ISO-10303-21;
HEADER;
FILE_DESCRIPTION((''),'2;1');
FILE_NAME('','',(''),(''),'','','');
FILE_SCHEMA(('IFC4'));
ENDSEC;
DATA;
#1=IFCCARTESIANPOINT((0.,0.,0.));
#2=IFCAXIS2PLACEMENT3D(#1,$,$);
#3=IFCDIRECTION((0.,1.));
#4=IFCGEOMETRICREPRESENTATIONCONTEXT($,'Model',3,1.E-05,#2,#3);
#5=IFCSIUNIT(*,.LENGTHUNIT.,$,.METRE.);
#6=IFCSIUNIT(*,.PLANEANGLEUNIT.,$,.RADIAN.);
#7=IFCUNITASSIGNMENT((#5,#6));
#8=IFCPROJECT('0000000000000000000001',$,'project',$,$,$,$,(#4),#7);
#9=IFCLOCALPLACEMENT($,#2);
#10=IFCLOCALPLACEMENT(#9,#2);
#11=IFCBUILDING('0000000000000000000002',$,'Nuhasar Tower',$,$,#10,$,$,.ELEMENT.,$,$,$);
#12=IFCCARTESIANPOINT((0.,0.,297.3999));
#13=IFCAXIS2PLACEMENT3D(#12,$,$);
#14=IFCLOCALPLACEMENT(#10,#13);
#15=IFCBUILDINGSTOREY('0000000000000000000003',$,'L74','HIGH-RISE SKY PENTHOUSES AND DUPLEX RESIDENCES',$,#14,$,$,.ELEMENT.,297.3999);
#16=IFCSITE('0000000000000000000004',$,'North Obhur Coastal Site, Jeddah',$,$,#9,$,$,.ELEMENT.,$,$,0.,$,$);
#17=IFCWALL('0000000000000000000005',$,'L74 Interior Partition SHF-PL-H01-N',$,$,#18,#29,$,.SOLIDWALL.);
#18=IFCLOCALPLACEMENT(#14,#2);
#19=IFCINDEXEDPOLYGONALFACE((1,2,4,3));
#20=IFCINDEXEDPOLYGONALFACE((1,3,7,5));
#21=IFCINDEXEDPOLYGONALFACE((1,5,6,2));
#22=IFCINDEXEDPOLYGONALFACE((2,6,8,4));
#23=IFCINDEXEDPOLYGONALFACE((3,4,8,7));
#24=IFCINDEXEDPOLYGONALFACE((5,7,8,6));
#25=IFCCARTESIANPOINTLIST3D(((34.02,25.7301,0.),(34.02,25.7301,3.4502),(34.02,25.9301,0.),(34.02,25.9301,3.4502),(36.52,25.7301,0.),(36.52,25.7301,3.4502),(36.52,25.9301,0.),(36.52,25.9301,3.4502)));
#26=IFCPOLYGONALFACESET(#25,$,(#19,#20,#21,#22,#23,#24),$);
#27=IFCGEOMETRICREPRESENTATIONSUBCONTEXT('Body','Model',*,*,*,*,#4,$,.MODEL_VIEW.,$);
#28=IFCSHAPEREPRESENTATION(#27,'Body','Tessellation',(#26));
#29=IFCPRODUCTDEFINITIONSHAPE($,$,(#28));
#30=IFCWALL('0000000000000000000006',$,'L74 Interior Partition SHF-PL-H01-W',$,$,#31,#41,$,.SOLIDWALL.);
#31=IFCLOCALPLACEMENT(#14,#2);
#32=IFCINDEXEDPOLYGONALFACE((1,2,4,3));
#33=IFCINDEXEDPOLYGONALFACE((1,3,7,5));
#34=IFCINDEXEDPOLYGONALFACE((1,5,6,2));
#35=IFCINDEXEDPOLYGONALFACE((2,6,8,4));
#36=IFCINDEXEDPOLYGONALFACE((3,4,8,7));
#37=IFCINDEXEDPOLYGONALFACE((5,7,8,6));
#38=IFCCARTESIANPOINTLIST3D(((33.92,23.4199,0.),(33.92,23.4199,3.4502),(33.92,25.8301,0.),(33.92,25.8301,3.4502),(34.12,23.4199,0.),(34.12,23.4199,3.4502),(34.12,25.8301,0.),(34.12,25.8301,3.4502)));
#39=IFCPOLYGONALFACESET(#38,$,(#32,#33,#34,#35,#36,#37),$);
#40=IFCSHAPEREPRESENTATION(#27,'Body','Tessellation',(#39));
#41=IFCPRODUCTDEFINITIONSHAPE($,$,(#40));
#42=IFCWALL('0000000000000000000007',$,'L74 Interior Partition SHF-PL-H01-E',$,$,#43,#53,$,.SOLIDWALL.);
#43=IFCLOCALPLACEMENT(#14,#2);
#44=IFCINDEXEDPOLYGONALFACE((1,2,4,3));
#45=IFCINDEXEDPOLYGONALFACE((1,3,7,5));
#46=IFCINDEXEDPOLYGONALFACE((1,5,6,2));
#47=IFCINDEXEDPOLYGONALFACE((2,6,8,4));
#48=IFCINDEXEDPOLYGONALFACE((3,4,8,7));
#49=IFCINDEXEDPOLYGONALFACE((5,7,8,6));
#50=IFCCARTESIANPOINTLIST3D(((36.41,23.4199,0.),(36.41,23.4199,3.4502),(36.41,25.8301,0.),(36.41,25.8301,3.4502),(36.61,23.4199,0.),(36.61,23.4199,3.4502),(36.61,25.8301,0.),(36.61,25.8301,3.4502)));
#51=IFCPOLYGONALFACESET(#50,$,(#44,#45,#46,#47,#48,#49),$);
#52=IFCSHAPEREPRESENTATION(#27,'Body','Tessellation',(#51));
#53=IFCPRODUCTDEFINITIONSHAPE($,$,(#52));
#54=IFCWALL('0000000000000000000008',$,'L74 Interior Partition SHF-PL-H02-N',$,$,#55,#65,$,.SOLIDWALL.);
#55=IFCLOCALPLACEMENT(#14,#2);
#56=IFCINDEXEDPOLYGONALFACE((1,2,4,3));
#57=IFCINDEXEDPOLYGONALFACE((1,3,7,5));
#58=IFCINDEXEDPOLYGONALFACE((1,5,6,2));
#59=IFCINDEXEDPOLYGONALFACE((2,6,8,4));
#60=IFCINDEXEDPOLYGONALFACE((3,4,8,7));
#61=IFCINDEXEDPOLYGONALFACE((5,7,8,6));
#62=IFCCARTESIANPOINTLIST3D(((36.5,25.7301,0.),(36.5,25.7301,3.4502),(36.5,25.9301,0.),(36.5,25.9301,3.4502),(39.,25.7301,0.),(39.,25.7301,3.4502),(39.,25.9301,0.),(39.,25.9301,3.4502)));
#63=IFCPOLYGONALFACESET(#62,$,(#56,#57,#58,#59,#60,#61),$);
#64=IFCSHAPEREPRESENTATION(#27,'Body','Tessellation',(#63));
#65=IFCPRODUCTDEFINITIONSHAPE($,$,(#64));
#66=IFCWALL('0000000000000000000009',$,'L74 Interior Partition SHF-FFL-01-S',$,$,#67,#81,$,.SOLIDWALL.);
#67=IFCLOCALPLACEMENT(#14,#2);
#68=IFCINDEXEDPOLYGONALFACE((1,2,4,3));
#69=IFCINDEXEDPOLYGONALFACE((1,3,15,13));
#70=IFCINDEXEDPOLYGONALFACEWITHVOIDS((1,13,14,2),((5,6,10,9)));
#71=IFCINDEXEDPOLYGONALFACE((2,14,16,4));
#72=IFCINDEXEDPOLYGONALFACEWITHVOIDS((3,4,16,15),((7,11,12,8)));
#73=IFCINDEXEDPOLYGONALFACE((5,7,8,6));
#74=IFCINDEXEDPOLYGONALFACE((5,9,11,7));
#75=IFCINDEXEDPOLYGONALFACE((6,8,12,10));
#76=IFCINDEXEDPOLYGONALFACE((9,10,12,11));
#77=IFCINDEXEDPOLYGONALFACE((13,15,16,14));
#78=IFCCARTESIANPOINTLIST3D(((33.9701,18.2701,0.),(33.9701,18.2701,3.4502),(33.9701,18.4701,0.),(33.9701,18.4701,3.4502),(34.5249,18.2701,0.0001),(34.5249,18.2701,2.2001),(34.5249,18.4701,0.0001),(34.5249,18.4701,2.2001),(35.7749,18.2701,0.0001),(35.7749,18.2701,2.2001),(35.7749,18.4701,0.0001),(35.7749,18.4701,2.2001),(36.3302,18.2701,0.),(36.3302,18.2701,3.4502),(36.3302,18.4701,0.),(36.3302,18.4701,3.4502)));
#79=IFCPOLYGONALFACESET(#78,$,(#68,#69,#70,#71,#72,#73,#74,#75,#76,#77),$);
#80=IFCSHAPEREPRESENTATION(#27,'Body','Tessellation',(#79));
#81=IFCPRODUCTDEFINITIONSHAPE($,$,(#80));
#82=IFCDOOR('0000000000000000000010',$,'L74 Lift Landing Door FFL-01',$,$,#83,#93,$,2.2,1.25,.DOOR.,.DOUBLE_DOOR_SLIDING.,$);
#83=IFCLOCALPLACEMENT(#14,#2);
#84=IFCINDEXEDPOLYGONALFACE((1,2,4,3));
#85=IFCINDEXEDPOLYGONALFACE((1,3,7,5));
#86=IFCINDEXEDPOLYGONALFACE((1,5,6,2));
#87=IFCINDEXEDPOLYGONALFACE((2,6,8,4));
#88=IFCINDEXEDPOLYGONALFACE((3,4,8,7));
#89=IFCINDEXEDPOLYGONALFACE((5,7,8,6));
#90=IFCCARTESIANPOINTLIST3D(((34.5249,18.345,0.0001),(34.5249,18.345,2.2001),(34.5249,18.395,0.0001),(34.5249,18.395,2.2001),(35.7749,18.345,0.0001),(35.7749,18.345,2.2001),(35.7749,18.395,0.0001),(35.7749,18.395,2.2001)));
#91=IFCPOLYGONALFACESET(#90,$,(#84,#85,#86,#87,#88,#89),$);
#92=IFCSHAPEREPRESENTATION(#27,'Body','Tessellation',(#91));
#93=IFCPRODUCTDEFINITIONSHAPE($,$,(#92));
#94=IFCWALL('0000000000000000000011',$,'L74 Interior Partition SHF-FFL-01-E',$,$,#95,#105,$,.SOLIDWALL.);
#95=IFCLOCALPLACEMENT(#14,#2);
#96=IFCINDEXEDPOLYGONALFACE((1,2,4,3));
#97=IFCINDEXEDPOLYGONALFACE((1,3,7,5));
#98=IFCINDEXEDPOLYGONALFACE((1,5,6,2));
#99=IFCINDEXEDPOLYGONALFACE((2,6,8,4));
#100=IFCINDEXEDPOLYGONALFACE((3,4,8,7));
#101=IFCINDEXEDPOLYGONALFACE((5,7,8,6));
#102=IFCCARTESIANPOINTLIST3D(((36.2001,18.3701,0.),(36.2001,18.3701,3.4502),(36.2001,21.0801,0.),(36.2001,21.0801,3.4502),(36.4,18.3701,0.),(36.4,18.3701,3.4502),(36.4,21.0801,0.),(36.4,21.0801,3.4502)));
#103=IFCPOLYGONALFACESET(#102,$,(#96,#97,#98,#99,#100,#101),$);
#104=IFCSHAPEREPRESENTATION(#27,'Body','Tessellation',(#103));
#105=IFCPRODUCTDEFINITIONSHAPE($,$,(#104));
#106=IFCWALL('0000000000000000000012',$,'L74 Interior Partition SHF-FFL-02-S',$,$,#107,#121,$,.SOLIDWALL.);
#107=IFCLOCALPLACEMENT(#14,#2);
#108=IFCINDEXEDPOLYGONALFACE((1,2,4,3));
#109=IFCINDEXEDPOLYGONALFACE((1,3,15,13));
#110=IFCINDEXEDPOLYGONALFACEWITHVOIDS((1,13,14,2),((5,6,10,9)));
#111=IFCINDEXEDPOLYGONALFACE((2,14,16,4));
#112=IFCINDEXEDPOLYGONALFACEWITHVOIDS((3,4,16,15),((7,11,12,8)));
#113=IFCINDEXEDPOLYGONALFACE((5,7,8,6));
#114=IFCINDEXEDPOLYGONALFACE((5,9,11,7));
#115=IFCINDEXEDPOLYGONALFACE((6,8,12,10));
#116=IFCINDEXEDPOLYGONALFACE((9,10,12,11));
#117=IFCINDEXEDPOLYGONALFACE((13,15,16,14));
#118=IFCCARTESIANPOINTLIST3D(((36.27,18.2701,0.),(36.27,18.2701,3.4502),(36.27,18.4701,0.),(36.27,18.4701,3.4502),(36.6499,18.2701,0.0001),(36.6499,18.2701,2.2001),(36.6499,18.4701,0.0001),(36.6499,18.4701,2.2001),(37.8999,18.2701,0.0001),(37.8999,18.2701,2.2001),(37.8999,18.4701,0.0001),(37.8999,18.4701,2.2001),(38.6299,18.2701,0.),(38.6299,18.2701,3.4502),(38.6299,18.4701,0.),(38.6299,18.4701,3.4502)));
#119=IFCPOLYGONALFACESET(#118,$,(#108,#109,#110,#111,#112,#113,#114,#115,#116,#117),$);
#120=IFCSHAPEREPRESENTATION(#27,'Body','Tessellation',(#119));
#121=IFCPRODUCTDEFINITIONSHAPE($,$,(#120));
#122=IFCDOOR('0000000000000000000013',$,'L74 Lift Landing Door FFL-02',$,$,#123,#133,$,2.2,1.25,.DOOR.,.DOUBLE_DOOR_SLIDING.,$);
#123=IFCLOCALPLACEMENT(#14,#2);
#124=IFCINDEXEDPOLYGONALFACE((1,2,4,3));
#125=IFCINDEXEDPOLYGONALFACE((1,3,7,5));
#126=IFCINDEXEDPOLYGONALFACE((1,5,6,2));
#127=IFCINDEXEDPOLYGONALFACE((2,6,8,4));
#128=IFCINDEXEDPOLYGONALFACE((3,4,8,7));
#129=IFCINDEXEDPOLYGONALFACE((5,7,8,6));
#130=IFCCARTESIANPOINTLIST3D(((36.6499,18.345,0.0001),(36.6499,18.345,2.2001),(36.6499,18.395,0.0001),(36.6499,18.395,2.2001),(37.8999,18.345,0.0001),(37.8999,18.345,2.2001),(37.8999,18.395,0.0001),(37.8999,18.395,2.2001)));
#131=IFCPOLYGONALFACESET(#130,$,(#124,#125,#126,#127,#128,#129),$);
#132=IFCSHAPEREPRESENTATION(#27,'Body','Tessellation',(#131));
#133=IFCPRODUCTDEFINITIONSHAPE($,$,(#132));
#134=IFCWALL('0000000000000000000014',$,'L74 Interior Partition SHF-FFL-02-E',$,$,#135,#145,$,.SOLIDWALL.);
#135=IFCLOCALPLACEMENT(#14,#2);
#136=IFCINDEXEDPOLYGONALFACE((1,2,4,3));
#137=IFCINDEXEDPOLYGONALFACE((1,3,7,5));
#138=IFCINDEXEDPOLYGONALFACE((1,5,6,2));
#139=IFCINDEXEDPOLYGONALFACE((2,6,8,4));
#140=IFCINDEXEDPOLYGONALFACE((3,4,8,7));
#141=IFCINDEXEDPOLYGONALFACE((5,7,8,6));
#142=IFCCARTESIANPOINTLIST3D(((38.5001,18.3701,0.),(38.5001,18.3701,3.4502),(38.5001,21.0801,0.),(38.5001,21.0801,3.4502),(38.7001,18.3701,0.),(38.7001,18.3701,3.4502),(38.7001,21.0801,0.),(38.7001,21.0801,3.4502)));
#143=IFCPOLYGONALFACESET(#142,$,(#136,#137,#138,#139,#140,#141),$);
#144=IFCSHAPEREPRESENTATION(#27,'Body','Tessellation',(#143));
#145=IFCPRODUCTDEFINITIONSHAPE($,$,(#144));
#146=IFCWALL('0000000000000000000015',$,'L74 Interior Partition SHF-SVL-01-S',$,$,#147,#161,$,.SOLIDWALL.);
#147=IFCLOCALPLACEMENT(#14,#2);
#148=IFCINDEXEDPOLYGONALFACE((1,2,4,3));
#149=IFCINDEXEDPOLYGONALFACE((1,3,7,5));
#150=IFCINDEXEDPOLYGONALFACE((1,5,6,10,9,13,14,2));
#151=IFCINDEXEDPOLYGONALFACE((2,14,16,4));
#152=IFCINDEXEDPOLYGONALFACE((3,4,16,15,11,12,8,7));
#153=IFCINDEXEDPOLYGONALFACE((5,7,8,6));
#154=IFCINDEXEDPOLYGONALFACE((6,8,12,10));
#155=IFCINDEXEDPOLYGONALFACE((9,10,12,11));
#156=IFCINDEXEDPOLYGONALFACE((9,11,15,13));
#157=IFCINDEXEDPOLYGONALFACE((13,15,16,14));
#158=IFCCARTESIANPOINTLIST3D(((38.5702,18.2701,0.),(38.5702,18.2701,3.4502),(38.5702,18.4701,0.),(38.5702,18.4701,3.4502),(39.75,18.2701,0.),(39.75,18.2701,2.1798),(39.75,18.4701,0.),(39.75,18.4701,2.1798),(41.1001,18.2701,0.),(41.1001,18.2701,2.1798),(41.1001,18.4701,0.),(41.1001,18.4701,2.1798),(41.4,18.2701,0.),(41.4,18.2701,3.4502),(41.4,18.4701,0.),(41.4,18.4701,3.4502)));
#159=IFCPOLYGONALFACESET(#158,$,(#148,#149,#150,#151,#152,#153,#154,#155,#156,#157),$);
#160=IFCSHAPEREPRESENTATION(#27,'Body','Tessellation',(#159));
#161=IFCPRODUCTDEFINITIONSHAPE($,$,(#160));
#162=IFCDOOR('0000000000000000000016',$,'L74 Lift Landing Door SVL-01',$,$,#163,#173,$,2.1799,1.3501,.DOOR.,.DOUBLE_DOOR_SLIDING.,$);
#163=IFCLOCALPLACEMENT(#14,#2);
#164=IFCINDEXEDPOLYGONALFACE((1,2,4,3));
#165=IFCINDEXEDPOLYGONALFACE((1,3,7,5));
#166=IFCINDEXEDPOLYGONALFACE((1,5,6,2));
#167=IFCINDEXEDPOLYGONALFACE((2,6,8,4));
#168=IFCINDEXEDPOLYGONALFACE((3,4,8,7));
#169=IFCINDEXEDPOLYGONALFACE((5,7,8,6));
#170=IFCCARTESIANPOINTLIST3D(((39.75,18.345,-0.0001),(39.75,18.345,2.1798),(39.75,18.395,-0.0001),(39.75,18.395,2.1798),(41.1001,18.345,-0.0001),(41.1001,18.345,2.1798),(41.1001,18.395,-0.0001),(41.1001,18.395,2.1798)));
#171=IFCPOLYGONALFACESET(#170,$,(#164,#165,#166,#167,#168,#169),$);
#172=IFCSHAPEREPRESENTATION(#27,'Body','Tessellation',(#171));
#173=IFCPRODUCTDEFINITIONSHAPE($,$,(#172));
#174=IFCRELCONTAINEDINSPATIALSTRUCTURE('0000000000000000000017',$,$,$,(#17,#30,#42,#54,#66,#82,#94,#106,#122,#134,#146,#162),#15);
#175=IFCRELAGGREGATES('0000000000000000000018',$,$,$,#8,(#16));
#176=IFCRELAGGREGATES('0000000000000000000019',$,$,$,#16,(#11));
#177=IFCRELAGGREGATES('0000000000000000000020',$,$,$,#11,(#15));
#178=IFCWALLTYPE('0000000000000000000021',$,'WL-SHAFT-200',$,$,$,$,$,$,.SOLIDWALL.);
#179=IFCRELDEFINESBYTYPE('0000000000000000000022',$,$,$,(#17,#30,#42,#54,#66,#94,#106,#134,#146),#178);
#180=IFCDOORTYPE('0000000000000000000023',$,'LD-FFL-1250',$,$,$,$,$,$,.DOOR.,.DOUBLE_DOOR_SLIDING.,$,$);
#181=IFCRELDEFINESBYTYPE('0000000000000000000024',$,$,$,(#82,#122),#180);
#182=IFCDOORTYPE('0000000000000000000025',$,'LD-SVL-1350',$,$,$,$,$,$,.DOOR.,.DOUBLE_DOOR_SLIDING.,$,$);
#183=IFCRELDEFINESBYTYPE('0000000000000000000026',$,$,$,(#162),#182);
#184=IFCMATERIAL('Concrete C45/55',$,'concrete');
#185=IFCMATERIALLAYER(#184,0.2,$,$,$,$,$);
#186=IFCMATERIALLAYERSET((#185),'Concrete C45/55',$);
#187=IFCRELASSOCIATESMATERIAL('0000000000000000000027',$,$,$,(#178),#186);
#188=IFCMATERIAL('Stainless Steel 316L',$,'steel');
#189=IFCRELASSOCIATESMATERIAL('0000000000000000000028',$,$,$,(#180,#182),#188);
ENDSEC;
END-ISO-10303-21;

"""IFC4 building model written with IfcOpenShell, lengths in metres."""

from ifc_helpers import new_model, si_unit, direction, frame, frame_2d, origin, place, context, subcontext, project, spatial, rectangle, extrude, material, layer, layer_set, type_object, element, fill, save


model = new_model("IFC4")

# Units and contexts
model_context = context("Model", 3, precision=1e-05, world=origin(), true_north=direction((0.0, 1.0)))
body_context = subcontext(model_context, "Body", "Model", "MODEL_VIEW")
ifc_project = project(units=[si_unit("LENGTHUNIT", "METRE"), si_unit("PLANEANGLEUNIT", "RADIAN")], contexts=[model_context])

# Site, building, storey
site_placement = place(None, origin())
site = spatial("IfcSite", under=ifc_project, at=site_placement, Name="North Obhur Coastal Site, Jeddah", CompositionType="ELEMENT", RefElevation=0.0)
building_placement = place(site_placement, origin())
building = spatial("IfcBuilding", under=site, at=building_placement, Name="Nuhasar Tower", CompositionType="ELEMENT")
storey_placement = place(building_placement, frame((0.0, 0.0, 297.3999)))
storey = spatial("IfcBuildingStorey", under=building, at=storey_placement, Name="L74", Description="HIGH-RISE SKY PENTHOUSES AND DUPLEX RESIDENCES", CompositionType="ELEMENT", Elevation=297.3999)

# Shared definitions
ifc_material_1 = material(Name="Concrete C45/55", Category="concrete")

# Shared definitions
ifc_layer_1 = layer(ifc_material_1, 0.2)
ifc_layer_set_1 = layer_set([ifc_layer_1], Name="Concrete C45/55")
wall_type_1 = type_object("IfcWallType", Name="WL-SHAFT-200", PredefinedType="SOLIDWALL", material=ifc_layer_set_1)
ifc_material_2 = material(Name="Stainless Steel 316L", Category="steel")

# Walls
wall_1_placement = place(storey_placement, frame((34.02, 25.8301, 0.0), z_axis=(0.0, 0.0, 1.0), x_axis=(1.0, 0.0, 0.0)))
element("IfcWall", 1, at=wall_1_placement, inside=storey, type_object=wall_type_1, Name="L74 Interior Partition SHF-PL-H01-N", PredefinedType="SOLIDWALL", context=body_context, shape_type="SweptSolid", body=[
    extrude(rectangle(XDim=2.5, YDim=0.2, at=frame_2d((1.25, 0.0))), origin(), (0.0, 0.0, 1.0), 3.4502),
])
for number, where, z_axis, x_axis, name in (
    (2, (34.02, 23.4199, 0.0), (0.0, 0.0, 1.0), (0.0, 1.0, 0.0), "L74 Interior Partition SHF-PL-H01-W"),
    (3, (36.51, 23.4199, 0.0), (0.0, 0.0, 1.0), (0.0, 1.0, 0.0), "L74 Interior Partition SHF-PL-H01-E"),
):
    element("IfcWall", number, at=place(storey_placement, frame(where, z_axis=z_axis, x_axis=x_axis)), inside=storey, type_object=wall_type_1, Name=name, PredefinedType="SOLIDWALL", context=body_context, shape_type="SweptSolid", body=[
        extrude(rectangle(XDim=2.4102, YDim=0.2, at=frame_2d((1.2051, 0.0))), origin(), (0.0, 0.0, 1.0), 3.4502),
    ])

# Wall
wall_2_placement = place(storey_placement, frame((36.5, 25.8301, 0.0), z_axis=(0.0, 0.0, 1.0), x_axis=(1.0, 0.0, 0.0)))
element("IfcWall", 4, at=wall_2_placement, inside=storey, type_object=wall_type_1, Name="L74 Interior Partition SHF-PL-H02-N", PredefinedType="SOLIDWALL", context=body_context, shape_type="SweptSolid", body=[
    extrude(rectangle(XDim=2.5, YDim=0.2, at=frame_2d((1.25, 0.0))), origin(), (0.0, 0.0, 1.0), 3.4502),
])

# Wall, opening, door
wall_3_placement = place(storey_placement, frame((33.97, 18.3701, 0.0), z_axis=(0.0, 0.0, 1.0), x_axis=(1.0, 0.0, 0.0)))
wall_3 = element("IfcWall", 5, at=wall_3_placement, inside=storey, type_object=wall_type_1, Name="L74 Interior Partition SHF-FFL-01-S", PredefinedType="SOLIDWALL", context=body_context, shape_type="SweptSolid", body=[
    extrude(rectangle(XDim=2.3601, YDim=0.2, at=frame_2d((1.1802, 0.0))), origin(), (0.0, 0.0, 1.0), 3.4502),
])
opening_1_placement = place(wall_3_placement, frame((0.5549, 0.0, 0.0)))
opening_1 = element("IfcOpeningElement", 6, at=opening_1_placement, cuts=wall_3, PredefinedType="OPENING", context=body_context, shape_type="SweptSolid", body=[
    extrude(rectangle(XDim=1.25, YDim=2.2, at=frame_2d((0.625, 1.1001))), frame((0.0, 0.1099, 0.0), z_axis=(0.0, -1.0, 0.0), x_axis=(1.0, 0.0, 0.0)), (0.0, 0.0, 1.0), 0.22),
])
door_type_1 = type_object("IfcDoorType", Name="LD-FFL-1250", OperationType="DOUBLE_DOOR_SLIDING", PredefinedType="DOOR", material=ifc_material_2)
door_1_placement = place(opening_1_placement, origin())
door_1 = element("IfcDoor", 7, at=door_1_placement, inside=storey, type_object=door_type_1, Name="L74 Lift Landing Door FFL-01", OperationType="DOUBLE_DOOR_SLIDING", OverallHeight=2.2, OverallWidth=1.25, PredefinedType="DOOR", context=body_context, shape_type="SweptSolid", body=[
    extrude(rectangle(XDim=1.25, YDim=2.2, at=frame_2d((0.625, 1.1001))), frame((0.0, 0.0249, 0.0), z_axis=(0.0, -1.0, 0.0), x_axis=(1.0, 0.0, 0.0)), (0.0, 0.0, 1.0), 0.05),
])
fill(opening_1, door_1)

# Wall
wall_4_placement = place(storey_placement, frame((36.3, 18.3701, 0.0), z_axis=(0.0, 0.0, 1.0), x_axis=(0.0, 1.0, 0.0)))
element("IfcWall", 8, at=wall_4_placement, inside=storey, type_object=wall_type_1, Name="L74 Interior Partition SHF-FFL-01-E", PredefinedType="SOLIDWALL", context=body_context, shape_type="SweptSolid", body=[
    extrude(rectangle(XDim=2.71, YDim=0.2, at=frame_2d((1.355, 0.0))), origin(), (0.0, 0.0, 1.0), 3.4502),
])

# Wall, opening, door
wall_5_placement = place(storey_placement, frame((36.27, 18.3701, 0.0), z_axis=(0.0, 0.0, 1.0), x_axis=(1.0, 0.0, 0.0)))
wall_5 = element("IfcWall", 9, at=wall_5_placement, inside=storey, type_object=wall_type_1, Name="L74 Interior Partition SHF-FFL-02-S", PredefinedType="SOLIDWALL", context=body_context, shape_type="SweptSolid", body=[
    extrude(rectangle(XDim=2.3599, YDim=0.2, at=frame_2d((1.1799, 0.0))), origin(), (0.0, 0.0, 1.0), 3.4502),
])
opening_2_placement = place(wall_5_placement, frame((0.3799, 0.0, 0.0)))
opening_2 = element("IfcOpeningElement", 10, at=opening_2_placement, cuts=wall_5, PredefinedType="OPENING", context=body_context, shape_type="SweptSolid", body=[
    extrude(rectangle(XDim=1.25, YDim=2.2, at=frame_2d((0.625, 1.1001))), frame((0.0, 0.1099, 0.0), z_axis=(0.0, -1.0, 0.0), x_axis=(1.0, 0.0, 0.0)), (0.0, 0.0, 1.0), 0.22),
])
door_2_placement = place(opening_2_placement, origin())
door_2 = element("IfcDoor", 11, at=door_2_placement, inside=storey, type_object=door_type_1, Name="L74 Lift Landing Door FFL-02", OperationType="DOUBLE_DOOR_SLIDING", OverallHeight=2.2, OverallWidth=1.25, PredefinedType="DOOR", context=body_context, shape_type="SweptSolid", body=[
    extrude(rectangle(XDim=1.25, YDim=2.2, at=frame_2d((0.625, 1.1001))), frame((0.0, 0.0249, 0.0), z_axis=(0.0, -1.0, 0.0), x_axis=(1.0, 0.0, 0.0)), (0.0, 0.0, 1.0), 0.05),
])
fill(opening_2, door_2)

# Wall
wall_6_placement = place(storey_placement, frame((38.6001, 18.3701, 0.0), z_axis=(0.0, 0.0, 1.0), x_axis=(0.0, 1.0, 0.0)))
element("IfcWall", 12, at=wall_6_placement, inside=storey, type_object=wall_type_1, Name="L74 Interior Partition SHF-FFL-02-E", PredefinedType="SOLIDWALL", context=body_context, shape_type="SweptSolid", body=[
    extrude(rectangle(XDim=2.71, YDim=0.2, at=frame_2d((1.355, 0.0))), origin(), (0.0, 0.0, 1.0), 3.4502),
])

# Wall, opening, door
wall_7_placement = place(storey_placement, frame((38.5701, 18.3701, 0.0), z_axis=(0.0, 0.0, 1.0), x_axis=(1.0, 0.0, 0.0)))
wall_7 = element("IfcWall", 13, at=wall_7_placement, inside=storey, type_object=wall_type_1, Name="L74 Interior Partition SHF-SVL-01-S", PredefinedType="SOLIDWALL", context=body_context, shape_type="SweptSolid", body=[
    extrude(rectangle(XDim=2.8298, YDim=0.2, at=frame_2d((1.415, 0.0))), origin(), (0.0, 0.0, 1.0), 3.4502),
])
opening_3_placement = place(wall_7_placement, frame((1.1799, 0.0, 0.0)))
opening_3 = element("IfcOpeningElement", 14, at=opening_3_placement, cuts=wall_7, PredefinedType="OPENING", context=body_context, shape_type="SweptSolid", body=[
    extrude(rectangle(XDim=1.3501, YDim=2.1799, at=frame_2d((0.675, 1.0898))), frame((0.0, 0.1099, 0.0), z_axis=(0.0, -1.0, 0.0), x_axis=(1.0, 0.0, 0.0)), (0.0, 0.0, 1.0), 0.22),
])
door_type_2 = type_object("IfcDoorType", Name="LD-SVL-1350", OperationType="DOUBLE_DOOR_SLIDING", PredefinedType="DOOR", material=ifc_material_2)
door_3_placement = place(opening_3_placement, origin())
door_3 = element("IfcDoor", 15, at=door_3_placement, inside=storey, type_object=door_type_2, Name="L74 Lift Landing Door SVL-01", OperationType="DOUBLE_DOOR_SLIDING", OverallHeight=2.1799, OverallWidth=1.3501, PredefinedType="DOOR", context=body_context, shape_type="SweptSolid", body=[
    extrude(rectangle(XDim=1.3501, YDim=2.1799, at=frame_2d((0.675, 1.0898))), frame((0.0, 0.0249, 0.0), z_axis=(0.0, -1.0, 0.0), x_axis=(1.0, 0.0, 0.0)), (0.0, 0.0, 1.0), 0.05),
])
fill(opening_3, door_3)

save(model, "model.ifc")
